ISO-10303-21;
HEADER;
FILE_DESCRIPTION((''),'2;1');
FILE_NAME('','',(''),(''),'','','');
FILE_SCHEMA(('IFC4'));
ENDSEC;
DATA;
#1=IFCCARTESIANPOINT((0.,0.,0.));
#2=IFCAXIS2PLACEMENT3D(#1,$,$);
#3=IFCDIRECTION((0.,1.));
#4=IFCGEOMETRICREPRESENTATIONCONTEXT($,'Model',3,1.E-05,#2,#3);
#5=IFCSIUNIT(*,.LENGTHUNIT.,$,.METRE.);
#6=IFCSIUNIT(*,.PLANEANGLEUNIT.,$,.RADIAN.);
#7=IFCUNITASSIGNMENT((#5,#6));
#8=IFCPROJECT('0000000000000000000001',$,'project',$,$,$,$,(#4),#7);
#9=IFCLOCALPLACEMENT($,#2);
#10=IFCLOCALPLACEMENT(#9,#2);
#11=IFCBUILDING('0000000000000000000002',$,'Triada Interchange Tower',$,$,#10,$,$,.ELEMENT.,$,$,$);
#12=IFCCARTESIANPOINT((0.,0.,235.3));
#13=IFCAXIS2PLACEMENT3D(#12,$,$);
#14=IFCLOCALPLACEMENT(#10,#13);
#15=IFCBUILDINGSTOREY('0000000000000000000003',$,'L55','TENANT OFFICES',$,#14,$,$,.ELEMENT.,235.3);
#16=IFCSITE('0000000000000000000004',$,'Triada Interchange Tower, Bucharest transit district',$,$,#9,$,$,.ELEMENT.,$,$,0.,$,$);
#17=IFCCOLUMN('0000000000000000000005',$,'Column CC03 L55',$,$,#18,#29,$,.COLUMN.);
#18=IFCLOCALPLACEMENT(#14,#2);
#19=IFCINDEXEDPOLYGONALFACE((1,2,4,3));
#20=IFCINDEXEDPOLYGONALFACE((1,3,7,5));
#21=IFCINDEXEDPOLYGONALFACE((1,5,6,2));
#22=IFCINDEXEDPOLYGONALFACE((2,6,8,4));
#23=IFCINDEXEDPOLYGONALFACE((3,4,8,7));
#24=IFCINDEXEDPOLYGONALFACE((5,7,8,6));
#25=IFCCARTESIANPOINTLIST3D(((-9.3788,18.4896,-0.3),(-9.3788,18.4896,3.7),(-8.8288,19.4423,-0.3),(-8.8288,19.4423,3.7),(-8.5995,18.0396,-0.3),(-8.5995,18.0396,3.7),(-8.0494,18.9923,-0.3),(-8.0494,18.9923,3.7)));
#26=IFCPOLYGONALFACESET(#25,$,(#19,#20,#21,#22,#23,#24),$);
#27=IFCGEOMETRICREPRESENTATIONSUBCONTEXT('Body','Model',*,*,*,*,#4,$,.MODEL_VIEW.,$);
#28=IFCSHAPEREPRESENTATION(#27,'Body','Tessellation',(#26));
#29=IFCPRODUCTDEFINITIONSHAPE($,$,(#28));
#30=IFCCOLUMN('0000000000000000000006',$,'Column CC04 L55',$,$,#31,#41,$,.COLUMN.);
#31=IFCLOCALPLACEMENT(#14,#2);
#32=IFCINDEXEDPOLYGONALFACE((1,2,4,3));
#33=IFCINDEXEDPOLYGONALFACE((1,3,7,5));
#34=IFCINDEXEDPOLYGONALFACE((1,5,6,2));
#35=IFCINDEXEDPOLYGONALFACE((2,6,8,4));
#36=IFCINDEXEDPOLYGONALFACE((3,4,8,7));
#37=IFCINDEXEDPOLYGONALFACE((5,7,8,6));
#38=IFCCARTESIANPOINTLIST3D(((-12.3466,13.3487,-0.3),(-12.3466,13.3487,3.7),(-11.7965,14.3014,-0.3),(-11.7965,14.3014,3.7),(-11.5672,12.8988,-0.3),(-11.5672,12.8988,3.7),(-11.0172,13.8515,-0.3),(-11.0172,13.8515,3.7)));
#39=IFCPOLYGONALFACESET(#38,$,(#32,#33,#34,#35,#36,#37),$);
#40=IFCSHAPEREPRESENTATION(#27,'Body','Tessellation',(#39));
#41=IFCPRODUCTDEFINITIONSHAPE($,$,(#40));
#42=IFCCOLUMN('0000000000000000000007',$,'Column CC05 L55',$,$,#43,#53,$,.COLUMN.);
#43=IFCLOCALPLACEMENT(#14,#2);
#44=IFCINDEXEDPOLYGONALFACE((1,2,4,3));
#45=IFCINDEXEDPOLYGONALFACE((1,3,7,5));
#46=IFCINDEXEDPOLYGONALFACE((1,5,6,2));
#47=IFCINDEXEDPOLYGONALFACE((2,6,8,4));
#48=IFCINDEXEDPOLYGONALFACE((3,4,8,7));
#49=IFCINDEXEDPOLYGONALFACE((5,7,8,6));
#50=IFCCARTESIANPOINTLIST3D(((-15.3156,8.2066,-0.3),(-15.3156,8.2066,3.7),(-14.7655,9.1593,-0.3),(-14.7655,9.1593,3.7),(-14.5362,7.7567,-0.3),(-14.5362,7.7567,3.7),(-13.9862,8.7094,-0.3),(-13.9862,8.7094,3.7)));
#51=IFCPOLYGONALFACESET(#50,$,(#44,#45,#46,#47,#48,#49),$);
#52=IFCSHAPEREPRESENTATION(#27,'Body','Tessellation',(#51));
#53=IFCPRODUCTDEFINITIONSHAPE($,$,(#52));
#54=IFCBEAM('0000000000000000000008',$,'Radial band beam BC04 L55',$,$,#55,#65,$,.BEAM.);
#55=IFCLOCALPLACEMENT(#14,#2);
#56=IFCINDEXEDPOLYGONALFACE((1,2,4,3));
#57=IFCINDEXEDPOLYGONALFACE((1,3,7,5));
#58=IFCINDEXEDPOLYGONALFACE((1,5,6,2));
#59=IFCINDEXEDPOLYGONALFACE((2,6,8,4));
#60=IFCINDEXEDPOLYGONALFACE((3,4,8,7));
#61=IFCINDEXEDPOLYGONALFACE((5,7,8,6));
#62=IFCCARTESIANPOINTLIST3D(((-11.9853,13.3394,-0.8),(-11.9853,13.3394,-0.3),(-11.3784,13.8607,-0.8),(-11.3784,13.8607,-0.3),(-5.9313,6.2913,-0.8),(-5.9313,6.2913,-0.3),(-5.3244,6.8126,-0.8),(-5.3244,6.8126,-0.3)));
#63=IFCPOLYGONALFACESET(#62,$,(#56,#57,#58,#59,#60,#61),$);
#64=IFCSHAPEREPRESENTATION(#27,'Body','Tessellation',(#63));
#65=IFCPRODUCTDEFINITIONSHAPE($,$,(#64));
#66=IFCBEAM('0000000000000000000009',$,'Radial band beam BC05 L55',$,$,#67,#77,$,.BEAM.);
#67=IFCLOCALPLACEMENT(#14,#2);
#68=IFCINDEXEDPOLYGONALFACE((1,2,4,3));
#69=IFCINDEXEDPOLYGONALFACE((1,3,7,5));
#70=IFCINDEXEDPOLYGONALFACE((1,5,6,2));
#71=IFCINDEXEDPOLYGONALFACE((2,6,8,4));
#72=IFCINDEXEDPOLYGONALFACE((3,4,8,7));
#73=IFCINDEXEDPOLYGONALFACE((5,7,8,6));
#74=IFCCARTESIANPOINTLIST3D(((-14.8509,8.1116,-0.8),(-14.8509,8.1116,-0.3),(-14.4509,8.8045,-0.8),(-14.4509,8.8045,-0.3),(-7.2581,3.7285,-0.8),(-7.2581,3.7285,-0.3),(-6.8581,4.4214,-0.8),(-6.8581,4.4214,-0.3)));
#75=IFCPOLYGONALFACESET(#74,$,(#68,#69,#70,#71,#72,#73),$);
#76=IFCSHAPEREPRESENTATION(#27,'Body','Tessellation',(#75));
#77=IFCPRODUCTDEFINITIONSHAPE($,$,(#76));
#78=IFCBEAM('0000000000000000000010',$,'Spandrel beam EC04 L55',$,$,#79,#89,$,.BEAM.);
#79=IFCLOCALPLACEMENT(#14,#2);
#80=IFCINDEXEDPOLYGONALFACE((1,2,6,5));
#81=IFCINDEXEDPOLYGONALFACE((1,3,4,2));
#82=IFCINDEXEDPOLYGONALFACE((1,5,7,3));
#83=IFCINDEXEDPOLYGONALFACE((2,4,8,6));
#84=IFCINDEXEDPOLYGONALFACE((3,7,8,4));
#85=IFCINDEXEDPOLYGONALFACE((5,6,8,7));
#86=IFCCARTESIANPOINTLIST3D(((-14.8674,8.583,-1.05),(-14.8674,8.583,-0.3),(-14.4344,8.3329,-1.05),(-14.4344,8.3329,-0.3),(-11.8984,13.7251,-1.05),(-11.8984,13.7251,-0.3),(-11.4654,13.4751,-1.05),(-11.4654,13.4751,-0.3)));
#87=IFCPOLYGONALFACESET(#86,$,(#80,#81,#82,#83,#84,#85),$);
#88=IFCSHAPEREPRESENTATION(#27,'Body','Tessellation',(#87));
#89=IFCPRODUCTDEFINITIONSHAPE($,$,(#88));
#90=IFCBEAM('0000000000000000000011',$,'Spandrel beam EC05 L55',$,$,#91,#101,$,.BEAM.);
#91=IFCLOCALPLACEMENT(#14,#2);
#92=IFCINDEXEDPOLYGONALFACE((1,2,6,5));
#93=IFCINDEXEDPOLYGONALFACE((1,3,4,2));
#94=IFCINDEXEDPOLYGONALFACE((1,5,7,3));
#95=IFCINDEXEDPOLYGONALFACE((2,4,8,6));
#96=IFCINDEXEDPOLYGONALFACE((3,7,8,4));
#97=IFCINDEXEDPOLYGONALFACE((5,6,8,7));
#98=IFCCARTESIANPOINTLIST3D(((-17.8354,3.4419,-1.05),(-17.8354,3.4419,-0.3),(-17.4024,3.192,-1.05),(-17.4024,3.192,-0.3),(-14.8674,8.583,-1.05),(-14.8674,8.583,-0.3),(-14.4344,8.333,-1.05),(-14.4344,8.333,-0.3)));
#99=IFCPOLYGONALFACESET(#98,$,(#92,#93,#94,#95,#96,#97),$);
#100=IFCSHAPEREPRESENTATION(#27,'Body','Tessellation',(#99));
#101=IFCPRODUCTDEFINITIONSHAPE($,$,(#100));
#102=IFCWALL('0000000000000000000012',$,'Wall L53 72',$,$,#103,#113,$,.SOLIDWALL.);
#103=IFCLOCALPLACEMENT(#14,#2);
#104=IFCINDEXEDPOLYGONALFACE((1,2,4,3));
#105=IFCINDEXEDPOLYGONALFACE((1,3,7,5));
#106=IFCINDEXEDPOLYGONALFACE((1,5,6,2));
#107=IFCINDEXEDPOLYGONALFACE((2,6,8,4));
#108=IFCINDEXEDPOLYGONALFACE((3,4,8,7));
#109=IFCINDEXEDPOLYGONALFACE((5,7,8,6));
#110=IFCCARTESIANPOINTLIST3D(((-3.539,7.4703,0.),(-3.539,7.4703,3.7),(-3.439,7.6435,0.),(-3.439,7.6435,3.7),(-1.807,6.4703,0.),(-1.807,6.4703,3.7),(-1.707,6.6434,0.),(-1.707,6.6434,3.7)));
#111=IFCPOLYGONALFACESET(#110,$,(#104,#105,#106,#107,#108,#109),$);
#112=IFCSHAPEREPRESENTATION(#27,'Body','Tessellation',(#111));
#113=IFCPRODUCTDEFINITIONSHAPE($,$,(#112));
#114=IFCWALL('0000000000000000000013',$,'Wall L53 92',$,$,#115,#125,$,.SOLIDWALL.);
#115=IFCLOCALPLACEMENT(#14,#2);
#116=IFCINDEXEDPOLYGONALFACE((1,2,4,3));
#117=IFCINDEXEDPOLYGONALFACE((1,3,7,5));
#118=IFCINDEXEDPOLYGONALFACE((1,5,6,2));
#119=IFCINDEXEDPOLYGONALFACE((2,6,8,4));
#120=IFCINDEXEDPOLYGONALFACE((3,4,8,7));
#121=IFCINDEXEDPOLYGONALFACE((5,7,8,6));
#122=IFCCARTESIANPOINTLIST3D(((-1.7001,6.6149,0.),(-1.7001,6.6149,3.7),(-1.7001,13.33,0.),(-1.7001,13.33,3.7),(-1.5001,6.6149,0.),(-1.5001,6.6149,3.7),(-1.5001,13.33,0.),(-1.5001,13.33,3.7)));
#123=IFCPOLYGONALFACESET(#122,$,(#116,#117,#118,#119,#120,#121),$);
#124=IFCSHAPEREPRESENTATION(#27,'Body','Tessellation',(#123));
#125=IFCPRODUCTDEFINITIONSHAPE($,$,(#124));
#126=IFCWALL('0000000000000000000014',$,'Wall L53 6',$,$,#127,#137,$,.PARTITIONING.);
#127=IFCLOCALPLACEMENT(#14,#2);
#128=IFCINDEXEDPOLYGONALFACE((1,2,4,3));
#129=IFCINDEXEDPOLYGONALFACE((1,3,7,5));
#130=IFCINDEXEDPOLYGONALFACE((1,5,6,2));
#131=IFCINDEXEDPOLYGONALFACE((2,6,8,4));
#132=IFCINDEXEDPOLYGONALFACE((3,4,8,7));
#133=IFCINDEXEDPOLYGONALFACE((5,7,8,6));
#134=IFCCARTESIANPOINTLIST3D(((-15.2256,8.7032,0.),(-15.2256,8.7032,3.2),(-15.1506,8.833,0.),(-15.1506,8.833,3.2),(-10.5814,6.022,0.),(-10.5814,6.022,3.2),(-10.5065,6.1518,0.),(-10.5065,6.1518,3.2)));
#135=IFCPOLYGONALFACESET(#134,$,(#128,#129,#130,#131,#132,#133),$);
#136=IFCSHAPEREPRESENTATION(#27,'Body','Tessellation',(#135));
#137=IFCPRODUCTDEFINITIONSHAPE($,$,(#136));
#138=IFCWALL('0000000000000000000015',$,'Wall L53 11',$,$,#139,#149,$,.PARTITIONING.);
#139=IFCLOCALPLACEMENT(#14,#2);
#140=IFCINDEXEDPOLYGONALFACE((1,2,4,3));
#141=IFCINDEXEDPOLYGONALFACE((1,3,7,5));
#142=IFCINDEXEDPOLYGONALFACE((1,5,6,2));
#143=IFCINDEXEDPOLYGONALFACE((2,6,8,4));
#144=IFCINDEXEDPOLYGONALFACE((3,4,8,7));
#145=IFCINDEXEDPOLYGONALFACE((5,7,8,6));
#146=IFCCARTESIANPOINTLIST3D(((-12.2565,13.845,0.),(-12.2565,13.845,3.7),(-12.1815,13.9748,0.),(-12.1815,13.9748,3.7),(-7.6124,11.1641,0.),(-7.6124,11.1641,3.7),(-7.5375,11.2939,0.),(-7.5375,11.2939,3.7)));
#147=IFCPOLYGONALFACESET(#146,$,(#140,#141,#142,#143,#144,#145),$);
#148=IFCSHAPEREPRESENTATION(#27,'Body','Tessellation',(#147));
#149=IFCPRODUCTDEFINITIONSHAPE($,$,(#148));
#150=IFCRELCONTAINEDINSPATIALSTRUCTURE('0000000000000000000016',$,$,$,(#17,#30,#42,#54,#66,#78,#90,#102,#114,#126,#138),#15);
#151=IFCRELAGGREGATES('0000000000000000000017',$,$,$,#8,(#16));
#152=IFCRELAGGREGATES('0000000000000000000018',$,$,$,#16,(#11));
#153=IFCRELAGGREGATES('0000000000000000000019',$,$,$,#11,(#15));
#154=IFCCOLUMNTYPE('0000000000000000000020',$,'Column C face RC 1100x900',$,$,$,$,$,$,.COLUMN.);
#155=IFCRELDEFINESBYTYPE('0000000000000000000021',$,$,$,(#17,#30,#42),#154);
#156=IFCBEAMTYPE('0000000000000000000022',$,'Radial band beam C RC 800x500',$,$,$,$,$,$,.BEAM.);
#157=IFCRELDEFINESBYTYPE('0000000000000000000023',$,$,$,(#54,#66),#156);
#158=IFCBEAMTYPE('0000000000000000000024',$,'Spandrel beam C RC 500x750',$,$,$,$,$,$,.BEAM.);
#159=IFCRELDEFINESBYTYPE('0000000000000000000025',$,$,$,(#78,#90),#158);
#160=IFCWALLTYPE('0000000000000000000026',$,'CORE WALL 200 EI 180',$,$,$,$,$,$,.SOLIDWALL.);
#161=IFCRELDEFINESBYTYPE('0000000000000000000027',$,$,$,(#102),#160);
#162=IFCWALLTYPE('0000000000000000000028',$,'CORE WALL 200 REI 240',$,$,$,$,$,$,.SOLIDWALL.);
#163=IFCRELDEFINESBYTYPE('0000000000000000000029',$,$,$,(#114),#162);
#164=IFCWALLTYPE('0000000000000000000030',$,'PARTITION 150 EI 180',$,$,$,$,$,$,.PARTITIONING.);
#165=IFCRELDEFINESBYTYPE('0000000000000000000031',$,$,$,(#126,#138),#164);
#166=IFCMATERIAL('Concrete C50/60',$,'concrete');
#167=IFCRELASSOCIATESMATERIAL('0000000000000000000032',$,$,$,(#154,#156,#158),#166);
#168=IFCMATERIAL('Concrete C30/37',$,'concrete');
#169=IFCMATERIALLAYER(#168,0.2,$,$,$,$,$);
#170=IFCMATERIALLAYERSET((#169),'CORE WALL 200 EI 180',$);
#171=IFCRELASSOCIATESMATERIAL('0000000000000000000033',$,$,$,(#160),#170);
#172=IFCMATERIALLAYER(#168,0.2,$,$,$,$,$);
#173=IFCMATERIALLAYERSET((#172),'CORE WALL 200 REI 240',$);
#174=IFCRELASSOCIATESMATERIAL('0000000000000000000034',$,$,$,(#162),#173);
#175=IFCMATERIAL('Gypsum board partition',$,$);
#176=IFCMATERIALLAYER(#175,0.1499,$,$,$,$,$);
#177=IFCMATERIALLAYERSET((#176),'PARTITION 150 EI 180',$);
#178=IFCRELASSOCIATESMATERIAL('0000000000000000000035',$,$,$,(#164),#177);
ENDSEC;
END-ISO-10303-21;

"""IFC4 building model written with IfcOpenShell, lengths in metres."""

from ifc_helpers import new_model, si_unit, direction, frame, frame_2d, origin, origin_2d, place, context, subcontext, project, spatial, rectangle, extrude, material, layer, layer_set, material_profile, profile_set, type_object, element, save


model = new_model("IFC4")

# Units and contexts
model_context = context("Model", 3, precision=1e-05, world=origin(), true_north=direction((0.0, 1.0)))
body_context = subcontext(model_context, "Body", "Model", "MODEL_VIEW")
ifc_project = project(units=[si_unit("LENGTHUNIT", "METRE"), si_unit("PLANEANGLEUNIT", "RADIAN")], contexts=[model_context])

# Site, building, storey
site_placement = place(None, origin())
site = spatial("IfcSite", under=ifc_project, at=site_placement, Name="Triada Interchange Tower, Bucharest transit district", CompositionType="ELEMENT", RefElevation=0.0)
building_placement = place(site_placement, origin())
building = spatial("IfcBuilding", under=site, at=building_placement, Name="Triada Interchange Tower", CompositionType="ELEMENT")
storey_placement = place(building_placement, frame((0.0, 0.0, 235.3)))
storey = spatial("IfcBuildingStorey", under=building, at=storey_placement, Name="L55", Description="TENANT OFFICES", CompositionType="ELEMENT", Elevation=235.3)

# Columns
ifc_material_1 = material(Name="Concrete C50/60", Category="concrete")
ifc_material_profile_1 = material_profile(ifc_material_1, rectangle(XDim=1.1001, YDim=0.8999, at=origin_2d()), Name="RC 1100x900")
ifc_profile_set_1 = profile_set([ifc_material_profile_1], Name="Concrete C50/60")
column_type = type_object("IfcColumnType", Name="Column C face RC 1100x900", PredefinedType="COLUMN", material=ifc_profile_set_1)
for number, where, z_axis, x_axis, name in (
    (1, (-8.7141, 18.741, -0.3), (0.0, 0.0, 1.0), (0.5, 0.866025, 0.0), "Column CC03 L55"),
    (2, (-11.6819, 13.6001, -0.3), (0.0, 0.0, 1.0), (0.5, 0.866025, 0.0), "Column CC04 L55"),
    (3, (-14.6509, 8.458, -0.3), (0.0, 0.0, 1.0), (0.5, 0.866025, 0.0), "Column CC05 L55"),
):
    element("IfcColumn", number, at=place(storey_placement, frame(where, z_axis=z_axis, x_axis=x_axis)), inside=storey, type_object=column_type, Name=name, PredefinedType="COLUMN", context=body_context, shape_type="SweptSolid", body=[
        extrude(rectangle(XDim=1.1001, YDim=0.8999, at=origin_2d()), origin(), (0.0, 0.0, 1.0), 4.0),
    ])

# Beams
ifc_material_profile_2 = material_profile(ifc_material_1, rectangle(XDim=0.8, YDim=0.5, at=origin_2d()), Name="RC 800x500")
ifc_profile_set_2 = profile_set([ifc_material_profile_2], Name="Concrete C50/60")
beam_type_1 = type_object("IfcBeamType", Name="Radial band beam C RC 800x500", PredefinedType="BEAM", material=ifc_profile_set_2)
beam_1_placement = place(storey_placement, frame((-11.6819, 13.6001, -0.55), z_axis=(0.651581, -0.758579, 0.0), x_axis=(0.758579, 0.651581, 0.0)))
element("IfcBeam", 4, at=beam_1_placement, inside=storey, type_object=beam_type_1, Name="Radial band beam BC04 L55", PredefinedType="BEAM", context=body_context, shape_type="SweptSolid", body=[
    extrude(rectangle(XDim=0.8, YDim=0.5, at=origin_2d()), origin(), (0.0, 0.0, 1.0), 9.2913),
])
beam_2_placement = place(storey_placement, frame((-14.6509, 8.458, -0.55), z_axis=(0.866057, -0.499946, 0.0), x_axis=(0.499946, 0.866057, 0.0)))
element("IfcBeam", 5, at=beam_2_placement, inside=storey, type_object=beam_type_1, Name="Radial band beam BC05 L55", PredefinedType="BEAM", context=body_context, shape_type="SweptSolid", body=[
    extrude(rectangle(XDim=0.8, YDim=0.5, at=origin_2d()), origin(), (0.0, 0.0, 1.0), 8.7671),
])
ifc_material_profile_3 = material_profile(ifc_material_1, rectangle(XDim=0.5, YDim=0.75, at=origin_2d()), Name="RC 500x750")
ifc_profile_set_3 = profile_set([ifc_material_profile_3], Name="Concrete C50/60")
beam_type_2 = type_object("IfcBeamType", Name="Spandrel beam C RC 500x750", PredefinedType="BEAM", material=ifc_profile_set_3)
beam_3_placement = place(storey_placement, frame((-11.6819, 13.6001, -0.675), z_axis=(-0.500026, -0.86601, 0.0), x_axis=(0.86601, -0.500026, 0.0)))
element("IfcBeam", 6, at=beam_3_placement, inside=storey, type_object=beam_type_2, Name="Spandrel beam EC04 L55", PredefinedType="BEAM", context=body_context, shape_type="SweptSolid", body=[
    extrude(rectangle(XDim=0.5, YDim=0.75, at=origin_2d()), origin(), (0.0, 0.0, 1.0), 5.9377),
])
beam_4_placement = place(storey_placement, frame((-14.6509, 8.458, -0.675), z_axis=(-0.499974, -0.86604, 0.0), x_axis=(0.86604, -0.499974, 0.0)))
element("IfcBeam", 7, at=beam_4_placement, inside=storey, type_object=beam_type_2, Name="Spandrel beam EC05 L55", PredefinedType="BEAM", context=body_context, shape_type="SweptSolid", body=[
    extrude(rectangle(XDim=0.5, YDim=0.75, at=origin_2d()), origin(), (0.0, 0.0, 1.0), 5.9363),
])

# Walls
ifc_material_2 = material(Name="Concrete C30/37", Category="concrete")
ifc_layer_1 = layer(ifc_material_2, 0.2)
ifc_layer_set_1 = layer_set([ifc_layer_1], Name="CORE WALL 200 EI 180")
wall_type_1 = type_object("IfcWallType", Name="CORE WALL 200 EI 180", PredefinedType="SOLIDWALL", material=ifc_layer_set_1)
wall_1_placement = place(storey_placement, frame((-3.489, 7.5569, 0.0), z_axis=(0.0, 0.0, 1.0), x_axis=(0.866011, -0.500025, 0.0)))
element("IfcWall", 8, at=wall_1_placement, inside=storey, type_object=wall_type_1, Name="Wall L53 72", PredefinedType="SOLIDWALL", context=body_context, shape_type="SweptSolid", body=[
    extrude(rectangle(XDim=2.0, YDim=0.2, at=frame_2d((1.0, 0.0))), origin(), (0.0, 0.0, 1.0), 3.7),
])
ifc_layer_2 = layer(ifc_material_2, 0.2)
ifc_layer_set_2 = layer_set([ifc_layer_2], Name="CORE WALL 200 REI 240")
wall_type_2 = type_object("IfcWallType", Name="CORE WALL 200 REI 240", PredefinedType="SOLIDWALL", material=ifc_layer_set_2)
wall_2_placement = place(storey_placement, frame((-1.6001, 6.615, 0.0), z_axis=(0.0, 0.0, 1.0), x_axis=(0.0, 1.0, 0.0)))
element("IfcWall", 9, at=wall_2_placement, inside=storey, type_object=wall_type_2, Name="Wall L53 92", PredefinedType="SOLIDWALL", context=body_context, shape_type="SweptSolid", body=[
    extrude(rectangle(XDim=6.7151, YDim=0.2, at=frame_2d((3.3574, 0.0))), origin(), (0.0, 0.0, 1.0), 3.7),
])

# Walls
ifc_material_3 = material(Name="Gypsum board partition")
ifc_layer_3 = layer(ifc_material_3, 0.1499)
ifc_layer_set_3 = layer_set([ifc_layer_3], Name="PARTITION 150 EI 180")
wall_type_3 = type_object("IfcWallType", Name="PARTITION 150 EI 180", PredefinedType="PARTITIONING", material=ifc_layer_set_3)
wall_3_placement = place(storey_placement, frame((-15.188, 8.7681, 0.0), z_axis=(0.0, 0.0, 1.0), x_axis=(0.866032, -0.499988, 0.0)))
element("IfcWall", 10, at=wall_3_placement, inside=storey, type_object=wall_type_3, Name="Wall L53 6", PredefinedType="PARTITIONING", context=body_context, shape_type="SweptSolid", body=[
    extrude(rectangle(XDim=5.3625, YDim=0.1499, at=frame_2d((2.6812, 0.0))), origin(), (0.0, 0.0, 1.0), 3.2),
])
wall_4_placement = place(storey_placement, frame((-12.219, 13.9099, 0.0), z_axis=(0.0, 0.0, 1.0), x_axis=(0.866052, -0.499954, 0.0)))
element("IfcWall", 11, at=wall_4_placement, inside=storey, type_object=wall_type_3, Name="Wall L53 11", PredefinedType="PARTITIONING", context=body_context, shape_type="SweptSolid", body=[
    extrude(rectangle(XDim=5.3623, YDim=0.1499, at=frame_2d((2.6812, 0.0))), origin(), (0.0, 0.0, 1.0), 3.7),
])

save(model, "model.ifc")
